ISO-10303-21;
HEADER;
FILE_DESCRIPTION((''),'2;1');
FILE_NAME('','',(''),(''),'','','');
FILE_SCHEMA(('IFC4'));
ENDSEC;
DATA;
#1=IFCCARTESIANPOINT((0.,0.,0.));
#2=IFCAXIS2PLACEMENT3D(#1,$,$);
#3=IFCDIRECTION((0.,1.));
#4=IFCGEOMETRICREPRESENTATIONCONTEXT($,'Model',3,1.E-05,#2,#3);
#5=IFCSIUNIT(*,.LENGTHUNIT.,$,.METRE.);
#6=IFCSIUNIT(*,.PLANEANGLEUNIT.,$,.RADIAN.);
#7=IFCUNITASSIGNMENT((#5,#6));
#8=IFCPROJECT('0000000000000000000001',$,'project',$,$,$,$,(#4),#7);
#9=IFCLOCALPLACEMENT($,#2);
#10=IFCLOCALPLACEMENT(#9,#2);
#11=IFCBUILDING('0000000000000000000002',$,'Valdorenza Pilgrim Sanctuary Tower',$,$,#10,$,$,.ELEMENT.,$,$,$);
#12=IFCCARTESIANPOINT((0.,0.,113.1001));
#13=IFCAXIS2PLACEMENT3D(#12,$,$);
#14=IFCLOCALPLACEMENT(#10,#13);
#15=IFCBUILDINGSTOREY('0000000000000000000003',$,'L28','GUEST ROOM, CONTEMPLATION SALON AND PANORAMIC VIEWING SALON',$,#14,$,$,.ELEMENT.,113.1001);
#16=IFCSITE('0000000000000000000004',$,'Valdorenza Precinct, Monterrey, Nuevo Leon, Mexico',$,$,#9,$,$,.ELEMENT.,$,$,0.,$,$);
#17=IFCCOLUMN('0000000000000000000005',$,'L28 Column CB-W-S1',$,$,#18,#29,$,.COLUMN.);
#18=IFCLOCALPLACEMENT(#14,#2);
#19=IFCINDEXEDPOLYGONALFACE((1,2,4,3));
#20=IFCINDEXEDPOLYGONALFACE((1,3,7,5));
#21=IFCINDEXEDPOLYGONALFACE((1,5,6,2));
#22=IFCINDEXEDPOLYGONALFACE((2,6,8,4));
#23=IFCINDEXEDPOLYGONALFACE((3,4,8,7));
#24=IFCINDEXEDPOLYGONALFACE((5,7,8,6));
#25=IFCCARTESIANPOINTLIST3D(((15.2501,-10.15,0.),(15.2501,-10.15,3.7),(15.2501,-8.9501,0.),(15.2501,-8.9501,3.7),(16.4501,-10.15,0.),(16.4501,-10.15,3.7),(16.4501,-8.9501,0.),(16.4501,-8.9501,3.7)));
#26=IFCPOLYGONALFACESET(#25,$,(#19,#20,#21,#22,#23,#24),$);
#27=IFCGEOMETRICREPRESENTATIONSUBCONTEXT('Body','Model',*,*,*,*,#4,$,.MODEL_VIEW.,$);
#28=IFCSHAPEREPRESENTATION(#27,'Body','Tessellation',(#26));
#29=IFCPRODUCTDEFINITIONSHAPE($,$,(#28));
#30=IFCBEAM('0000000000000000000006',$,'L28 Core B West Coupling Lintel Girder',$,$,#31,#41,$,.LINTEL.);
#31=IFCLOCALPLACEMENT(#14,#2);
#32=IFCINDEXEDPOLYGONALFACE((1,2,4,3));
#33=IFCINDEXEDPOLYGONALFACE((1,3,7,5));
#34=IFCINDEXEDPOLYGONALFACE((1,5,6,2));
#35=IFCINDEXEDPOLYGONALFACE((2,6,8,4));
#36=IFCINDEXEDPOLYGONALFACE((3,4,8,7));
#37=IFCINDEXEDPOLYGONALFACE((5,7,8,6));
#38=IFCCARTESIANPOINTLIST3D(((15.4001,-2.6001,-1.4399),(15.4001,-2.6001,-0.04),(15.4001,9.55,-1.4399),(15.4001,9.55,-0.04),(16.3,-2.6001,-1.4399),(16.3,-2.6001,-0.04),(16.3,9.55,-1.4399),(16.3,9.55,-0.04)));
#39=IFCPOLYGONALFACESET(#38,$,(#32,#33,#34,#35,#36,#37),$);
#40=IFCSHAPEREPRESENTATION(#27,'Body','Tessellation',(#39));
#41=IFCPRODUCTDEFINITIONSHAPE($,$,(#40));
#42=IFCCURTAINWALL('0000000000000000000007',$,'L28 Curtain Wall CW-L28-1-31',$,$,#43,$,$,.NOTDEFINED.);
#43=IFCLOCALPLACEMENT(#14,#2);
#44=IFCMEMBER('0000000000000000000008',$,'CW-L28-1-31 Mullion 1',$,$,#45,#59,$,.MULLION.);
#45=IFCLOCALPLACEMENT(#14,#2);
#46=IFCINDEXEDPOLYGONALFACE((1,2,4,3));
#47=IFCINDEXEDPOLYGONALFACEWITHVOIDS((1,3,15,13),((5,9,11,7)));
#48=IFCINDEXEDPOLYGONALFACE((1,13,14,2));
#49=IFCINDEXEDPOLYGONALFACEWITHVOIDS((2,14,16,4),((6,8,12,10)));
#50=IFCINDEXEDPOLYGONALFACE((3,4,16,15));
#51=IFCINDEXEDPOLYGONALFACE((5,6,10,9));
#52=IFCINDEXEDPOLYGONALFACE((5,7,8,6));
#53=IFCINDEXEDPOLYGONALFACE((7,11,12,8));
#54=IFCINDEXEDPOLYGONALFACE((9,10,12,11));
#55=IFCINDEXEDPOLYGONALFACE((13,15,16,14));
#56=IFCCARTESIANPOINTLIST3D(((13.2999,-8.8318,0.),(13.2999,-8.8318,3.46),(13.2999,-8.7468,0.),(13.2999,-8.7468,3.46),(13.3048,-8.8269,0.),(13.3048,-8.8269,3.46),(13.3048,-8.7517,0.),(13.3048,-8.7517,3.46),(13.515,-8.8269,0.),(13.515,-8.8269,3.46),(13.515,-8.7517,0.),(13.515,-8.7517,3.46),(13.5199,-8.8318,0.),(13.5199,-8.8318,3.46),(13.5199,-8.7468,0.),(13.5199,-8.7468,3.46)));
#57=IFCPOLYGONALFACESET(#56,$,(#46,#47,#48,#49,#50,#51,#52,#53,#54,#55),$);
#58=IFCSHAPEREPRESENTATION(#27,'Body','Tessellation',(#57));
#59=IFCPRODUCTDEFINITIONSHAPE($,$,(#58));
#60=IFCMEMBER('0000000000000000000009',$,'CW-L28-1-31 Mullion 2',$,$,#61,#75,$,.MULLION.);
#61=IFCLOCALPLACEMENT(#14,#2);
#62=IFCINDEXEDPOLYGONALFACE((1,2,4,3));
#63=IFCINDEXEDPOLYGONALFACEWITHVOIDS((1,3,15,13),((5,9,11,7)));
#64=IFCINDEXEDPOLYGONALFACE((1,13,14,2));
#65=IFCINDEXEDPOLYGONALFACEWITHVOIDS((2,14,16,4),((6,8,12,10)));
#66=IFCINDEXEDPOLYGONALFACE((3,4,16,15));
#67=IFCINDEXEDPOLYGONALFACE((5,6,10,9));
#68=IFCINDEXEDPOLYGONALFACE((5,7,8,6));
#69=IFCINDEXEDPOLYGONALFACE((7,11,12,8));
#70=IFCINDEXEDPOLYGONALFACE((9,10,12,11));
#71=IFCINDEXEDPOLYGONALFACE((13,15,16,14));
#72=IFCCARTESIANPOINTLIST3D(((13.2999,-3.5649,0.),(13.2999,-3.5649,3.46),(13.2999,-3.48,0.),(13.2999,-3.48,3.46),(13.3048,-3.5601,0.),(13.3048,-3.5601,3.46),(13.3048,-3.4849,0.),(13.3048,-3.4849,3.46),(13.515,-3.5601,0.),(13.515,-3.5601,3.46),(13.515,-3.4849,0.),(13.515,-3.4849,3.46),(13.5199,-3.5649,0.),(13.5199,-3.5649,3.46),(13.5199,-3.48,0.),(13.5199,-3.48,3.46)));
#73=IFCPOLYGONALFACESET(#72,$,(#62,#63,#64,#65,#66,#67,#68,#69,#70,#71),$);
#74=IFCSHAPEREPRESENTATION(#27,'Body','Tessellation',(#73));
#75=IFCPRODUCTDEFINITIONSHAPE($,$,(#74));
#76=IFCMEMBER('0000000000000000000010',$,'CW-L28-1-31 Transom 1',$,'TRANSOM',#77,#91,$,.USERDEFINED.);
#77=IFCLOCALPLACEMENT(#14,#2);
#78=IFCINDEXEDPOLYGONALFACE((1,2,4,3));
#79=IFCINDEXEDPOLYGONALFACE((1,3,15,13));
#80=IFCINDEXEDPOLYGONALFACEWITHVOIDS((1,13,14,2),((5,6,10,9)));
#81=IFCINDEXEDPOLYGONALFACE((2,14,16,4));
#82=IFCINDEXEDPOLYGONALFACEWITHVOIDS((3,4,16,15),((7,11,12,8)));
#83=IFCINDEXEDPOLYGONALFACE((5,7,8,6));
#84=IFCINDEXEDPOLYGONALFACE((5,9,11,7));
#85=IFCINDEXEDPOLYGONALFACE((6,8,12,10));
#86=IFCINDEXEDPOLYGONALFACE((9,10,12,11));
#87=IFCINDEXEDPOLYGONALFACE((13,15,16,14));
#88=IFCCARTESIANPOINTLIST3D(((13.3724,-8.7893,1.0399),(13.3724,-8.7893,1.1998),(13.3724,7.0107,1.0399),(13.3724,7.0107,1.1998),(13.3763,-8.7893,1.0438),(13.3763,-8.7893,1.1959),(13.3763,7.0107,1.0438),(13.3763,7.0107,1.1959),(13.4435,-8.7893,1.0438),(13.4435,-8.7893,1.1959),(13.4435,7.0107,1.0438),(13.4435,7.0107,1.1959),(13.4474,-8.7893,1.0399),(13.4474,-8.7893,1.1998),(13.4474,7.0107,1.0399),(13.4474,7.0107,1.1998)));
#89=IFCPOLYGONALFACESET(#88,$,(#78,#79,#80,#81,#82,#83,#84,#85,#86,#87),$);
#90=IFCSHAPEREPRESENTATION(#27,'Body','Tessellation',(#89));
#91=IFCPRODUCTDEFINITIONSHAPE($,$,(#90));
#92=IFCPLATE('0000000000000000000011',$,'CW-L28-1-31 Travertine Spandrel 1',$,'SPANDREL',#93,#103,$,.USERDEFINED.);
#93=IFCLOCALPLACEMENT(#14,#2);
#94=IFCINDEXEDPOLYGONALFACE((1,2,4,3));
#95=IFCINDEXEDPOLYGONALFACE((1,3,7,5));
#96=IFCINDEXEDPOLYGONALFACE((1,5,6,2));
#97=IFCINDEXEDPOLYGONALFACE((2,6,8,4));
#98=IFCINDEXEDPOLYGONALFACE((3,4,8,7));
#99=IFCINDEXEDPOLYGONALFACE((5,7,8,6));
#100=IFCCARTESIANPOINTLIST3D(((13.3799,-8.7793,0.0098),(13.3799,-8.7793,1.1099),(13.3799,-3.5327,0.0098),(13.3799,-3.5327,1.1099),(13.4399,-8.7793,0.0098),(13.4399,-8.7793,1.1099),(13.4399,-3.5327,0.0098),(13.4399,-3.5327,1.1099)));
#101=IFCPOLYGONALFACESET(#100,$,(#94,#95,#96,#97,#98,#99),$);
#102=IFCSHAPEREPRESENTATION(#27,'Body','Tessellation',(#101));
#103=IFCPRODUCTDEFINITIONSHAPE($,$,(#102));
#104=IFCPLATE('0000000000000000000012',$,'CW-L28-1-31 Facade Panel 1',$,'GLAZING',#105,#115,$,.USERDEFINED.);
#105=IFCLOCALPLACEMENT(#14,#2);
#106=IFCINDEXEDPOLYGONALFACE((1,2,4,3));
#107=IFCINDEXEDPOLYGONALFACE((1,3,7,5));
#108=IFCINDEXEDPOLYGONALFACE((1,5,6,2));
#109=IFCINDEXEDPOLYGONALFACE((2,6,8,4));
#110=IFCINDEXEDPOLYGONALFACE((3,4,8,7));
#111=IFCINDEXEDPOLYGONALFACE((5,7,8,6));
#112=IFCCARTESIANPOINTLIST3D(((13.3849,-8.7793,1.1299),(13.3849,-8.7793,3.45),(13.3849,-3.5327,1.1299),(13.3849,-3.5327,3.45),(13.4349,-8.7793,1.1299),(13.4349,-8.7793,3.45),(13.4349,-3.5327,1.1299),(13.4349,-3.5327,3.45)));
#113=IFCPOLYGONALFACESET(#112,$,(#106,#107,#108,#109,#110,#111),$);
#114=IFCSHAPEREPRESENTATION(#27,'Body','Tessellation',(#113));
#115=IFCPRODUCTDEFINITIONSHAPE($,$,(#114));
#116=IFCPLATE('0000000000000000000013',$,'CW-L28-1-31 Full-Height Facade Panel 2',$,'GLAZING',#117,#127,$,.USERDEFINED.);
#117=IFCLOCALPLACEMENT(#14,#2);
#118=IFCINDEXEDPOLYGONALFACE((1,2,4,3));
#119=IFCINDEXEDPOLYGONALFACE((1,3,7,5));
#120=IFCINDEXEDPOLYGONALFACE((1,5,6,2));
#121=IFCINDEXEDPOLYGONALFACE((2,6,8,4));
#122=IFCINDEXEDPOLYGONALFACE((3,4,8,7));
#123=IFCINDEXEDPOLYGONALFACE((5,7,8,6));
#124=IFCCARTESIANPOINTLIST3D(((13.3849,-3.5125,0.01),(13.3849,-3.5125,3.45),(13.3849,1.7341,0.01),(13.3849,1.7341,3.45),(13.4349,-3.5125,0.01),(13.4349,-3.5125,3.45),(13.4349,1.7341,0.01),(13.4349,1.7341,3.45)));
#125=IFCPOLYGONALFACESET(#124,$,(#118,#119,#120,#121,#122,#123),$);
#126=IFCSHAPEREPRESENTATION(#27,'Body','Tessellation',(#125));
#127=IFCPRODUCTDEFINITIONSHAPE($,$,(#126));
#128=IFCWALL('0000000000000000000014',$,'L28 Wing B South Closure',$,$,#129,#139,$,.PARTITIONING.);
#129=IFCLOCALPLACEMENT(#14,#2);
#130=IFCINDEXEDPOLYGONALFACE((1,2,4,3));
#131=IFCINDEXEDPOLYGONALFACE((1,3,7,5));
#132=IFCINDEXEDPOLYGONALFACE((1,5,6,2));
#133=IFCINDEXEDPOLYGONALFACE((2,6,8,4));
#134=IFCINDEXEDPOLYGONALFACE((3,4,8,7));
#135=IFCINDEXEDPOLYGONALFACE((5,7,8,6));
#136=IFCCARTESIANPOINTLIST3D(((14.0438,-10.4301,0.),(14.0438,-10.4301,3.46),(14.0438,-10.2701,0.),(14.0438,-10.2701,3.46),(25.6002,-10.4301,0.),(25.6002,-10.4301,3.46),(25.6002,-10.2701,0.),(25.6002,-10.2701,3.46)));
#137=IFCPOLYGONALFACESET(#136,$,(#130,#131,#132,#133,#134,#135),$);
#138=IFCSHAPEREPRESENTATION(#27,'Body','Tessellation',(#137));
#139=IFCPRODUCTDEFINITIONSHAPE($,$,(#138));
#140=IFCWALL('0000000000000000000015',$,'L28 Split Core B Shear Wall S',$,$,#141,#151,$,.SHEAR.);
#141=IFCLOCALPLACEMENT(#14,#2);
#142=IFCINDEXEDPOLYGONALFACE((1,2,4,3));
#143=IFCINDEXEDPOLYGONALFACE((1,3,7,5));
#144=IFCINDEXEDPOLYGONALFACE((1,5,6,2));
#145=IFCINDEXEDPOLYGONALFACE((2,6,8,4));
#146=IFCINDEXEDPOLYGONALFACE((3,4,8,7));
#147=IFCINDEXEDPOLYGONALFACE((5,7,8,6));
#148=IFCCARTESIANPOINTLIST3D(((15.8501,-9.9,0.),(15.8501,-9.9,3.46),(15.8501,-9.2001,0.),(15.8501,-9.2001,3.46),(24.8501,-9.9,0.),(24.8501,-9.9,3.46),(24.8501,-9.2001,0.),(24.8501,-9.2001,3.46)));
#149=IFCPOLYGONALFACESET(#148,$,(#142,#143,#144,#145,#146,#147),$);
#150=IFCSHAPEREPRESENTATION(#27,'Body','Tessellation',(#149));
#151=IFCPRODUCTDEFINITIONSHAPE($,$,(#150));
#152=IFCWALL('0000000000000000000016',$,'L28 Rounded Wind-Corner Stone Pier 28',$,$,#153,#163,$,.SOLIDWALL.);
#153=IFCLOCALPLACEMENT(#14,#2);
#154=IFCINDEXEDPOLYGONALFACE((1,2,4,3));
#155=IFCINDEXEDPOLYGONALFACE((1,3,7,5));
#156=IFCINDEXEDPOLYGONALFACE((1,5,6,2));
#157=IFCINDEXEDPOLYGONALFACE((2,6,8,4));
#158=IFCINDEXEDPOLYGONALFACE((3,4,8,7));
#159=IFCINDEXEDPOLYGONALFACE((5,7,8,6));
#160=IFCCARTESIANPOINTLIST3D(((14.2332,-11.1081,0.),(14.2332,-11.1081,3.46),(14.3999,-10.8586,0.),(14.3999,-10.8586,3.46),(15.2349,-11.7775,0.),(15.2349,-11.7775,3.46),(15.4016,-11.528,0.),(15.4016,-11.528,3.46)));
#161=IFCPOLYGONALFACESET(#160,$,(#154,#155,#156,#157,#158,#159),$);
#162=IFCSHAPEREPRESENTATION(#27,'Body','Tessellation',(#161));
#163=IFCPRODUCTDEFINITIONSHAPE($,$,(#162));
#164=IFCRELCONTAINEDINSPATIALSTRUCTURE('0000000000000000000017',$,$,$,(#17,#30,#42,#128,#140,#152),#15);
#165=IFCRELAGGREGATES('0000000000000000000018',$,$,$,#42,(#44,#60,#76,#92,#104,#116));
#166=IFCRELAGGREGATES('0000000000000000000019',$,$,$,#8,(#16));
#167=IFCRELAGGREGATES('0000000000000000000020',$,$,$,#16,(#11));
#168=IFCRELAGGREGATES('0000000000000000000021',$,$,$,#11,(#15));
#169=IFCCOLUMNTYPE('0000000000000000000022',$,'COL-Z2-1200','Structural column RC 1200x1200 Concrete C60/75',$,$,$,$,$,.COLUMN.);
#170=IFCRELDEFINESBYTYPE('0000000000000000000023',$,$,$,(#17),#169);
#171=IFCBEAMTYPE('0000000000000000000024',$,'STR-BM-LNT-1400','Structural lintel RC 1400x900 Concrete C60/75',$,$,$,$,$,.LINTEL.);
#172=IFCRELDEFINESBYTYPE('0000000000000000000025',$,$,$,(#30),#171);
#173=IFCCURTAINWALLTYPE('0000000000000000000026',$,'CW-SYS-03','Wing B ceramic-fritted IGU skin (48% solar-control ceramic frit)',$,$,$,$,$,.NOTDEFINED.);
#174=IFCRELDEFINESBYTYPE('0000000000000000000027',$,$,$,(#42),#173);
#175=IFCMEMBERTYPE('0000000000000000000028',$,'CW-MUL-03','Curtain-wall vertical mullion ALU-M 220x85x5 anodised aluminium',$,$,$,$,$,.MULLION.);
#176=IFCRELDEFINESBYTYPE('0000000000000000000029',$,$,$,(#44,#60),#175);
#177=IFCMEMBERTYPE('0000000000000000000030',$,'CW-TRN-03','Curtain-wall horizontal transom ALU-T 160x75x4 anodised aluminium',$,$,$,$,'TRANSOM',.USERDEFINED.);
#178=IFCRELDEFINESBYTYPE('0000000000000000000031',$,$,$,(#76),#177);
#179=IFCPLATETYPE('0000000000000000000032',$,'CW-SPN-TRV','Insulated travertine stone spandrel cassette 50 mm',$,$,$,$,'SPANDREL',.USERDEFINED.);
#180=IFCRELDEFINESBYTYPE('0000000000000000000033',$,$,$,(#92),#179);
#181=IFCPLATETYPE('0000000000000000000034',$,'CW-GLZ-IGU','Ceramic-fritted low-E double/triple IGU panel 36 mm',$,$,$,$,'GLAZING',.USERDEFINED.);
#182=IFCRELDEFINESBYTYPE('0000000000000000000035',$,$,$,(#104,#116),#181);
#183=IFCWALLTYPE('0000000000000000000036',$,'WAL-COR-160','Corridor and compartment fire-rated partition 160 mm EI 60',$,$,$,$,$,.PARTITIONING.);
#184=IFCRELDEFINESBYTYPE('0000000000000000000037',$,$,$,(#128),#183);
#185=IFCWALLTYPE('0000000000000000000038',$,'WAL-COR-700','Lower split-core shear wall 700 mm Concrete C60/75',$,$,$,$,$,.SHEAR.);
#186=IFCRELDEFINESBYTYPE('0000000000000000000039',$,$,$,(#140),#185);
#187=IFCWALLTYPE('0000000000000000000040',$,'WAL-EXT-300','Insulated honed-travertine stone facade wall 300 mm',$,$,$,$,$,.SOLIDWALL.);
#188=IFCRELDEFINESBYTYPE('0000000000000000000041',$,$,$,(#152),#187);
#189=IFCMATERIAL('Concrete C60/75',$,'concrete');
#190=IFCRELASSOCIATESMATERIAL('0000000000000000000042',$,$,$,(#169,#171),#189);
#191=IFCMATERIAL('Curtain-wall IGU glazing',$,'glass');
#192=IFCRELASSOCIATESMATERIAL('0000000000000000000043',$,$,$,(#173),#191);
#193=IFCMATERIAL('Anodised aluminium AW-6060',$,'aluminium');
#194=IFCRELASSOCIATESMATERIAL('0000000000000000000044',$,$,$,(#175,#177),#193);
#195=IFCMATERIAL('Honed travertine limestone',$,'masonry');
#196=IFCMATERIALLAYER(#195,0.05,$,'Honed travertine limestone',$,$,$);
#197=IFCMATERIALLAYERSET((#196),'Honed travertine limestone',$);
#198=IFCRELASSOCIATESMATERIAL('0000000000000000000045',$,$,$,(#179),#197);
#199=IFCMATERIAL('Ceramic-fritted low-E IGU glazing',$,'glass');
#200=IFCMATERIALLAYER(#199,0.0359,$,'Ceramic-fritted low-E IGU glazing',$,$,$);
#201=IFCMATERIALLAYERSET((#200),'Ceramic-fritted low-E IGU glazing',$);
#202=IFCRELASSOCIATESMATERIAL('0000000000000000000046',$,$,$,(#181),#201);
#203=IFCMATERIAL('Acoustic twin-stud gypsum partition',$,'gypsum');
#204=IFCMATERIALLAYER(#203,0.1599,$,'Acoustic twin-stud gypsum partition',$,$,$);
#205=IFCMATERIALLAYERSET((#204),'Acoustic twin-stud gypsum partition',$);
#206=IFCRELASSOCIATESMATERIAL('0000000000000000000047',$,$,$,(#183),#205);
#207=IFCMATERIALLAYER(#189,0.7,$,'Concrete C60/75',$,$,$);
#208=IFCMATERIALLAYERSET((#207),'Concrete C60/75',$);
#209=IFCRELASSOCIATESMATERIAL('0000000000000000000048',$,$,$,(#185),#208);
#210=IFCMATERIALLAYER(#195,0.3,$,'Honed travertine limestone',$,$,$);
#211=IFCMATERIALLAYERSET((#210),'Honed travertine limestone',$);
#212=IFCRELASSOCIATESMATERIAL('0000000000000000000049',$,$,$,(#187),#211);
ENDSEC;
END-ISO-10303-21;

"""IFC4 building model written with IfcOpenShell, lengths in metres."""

from ifc_helpers import new_model, si_unit, direction, frame, frame_2d, origin, origin_2d, place, context, subcontext, project, spatial, rectangle, hollow_rectangle, extrude, source, transform, mapped, material, layer, layer_set, material_profile, profile_set, type_object, element, aggregate, save


model = new_model("IFC4")

# Units and contexts
model_context = context("Model", 3, precision=1e-05, world=origin(), true_north=direction((0.0, 1.0)))
body_context = subcontext(model_context, "Body", "Model", "MODEL_VIEW")
ifc_project = project(units=[si_unit("LENGTHUNIT", "METRE"), si_unit("PLANEANGLEUNIT", "RADIAN")], contexts=[model_context])

# Site, building, storey
site_placement = place(None, origin())
site = spatial("IfcSite", under=ifc_project, at=site_placement, Name="Valdorenza Precinct, Monterrey, Nuevo Leon, Mexico", CompositionType="ELEMENT", RefElevation=0.0)
building_placement = place(site_placement, origin())
building = spatial("IfcBuilding", under=site, at=building_placement, Name="Valdorenza Pilgrim Sanctuary Tower", CompositionType="ELEMENT")
storey_placement = place(building_placement, frame((0.0, 0.0, 113.1001)))
storey = spatial("IfcBuildingStorey", under=building, at=storey_placement, Name="L28", Description="GUEST ROOM, CONTEMPLATION SALON AND PANORAMIC VIEWING SALON", CompositionType="ELEMENT", Elevation=113.1001)

# Column
ifc_material_1 = material(Name="Concrete C60/75", Category="concrete")
ifc_material_profile_1 = material_profile(ifc_material_1, rectangle(XDim=1.2, YDim=1.2, at=origin_2d()), Name="RC 1200x1200")
ifc_profile_set_1 = profile_set([ifc_material_profile_1], Name="Concrete C60/75")
column_type = type_object("IfcColumnType", Name="COL-Z2-1200", Description="Structural column RC 1200x1200 Concrete C60/75", PredefinedType="COLUMN", material=ifc_profile_set_1)
shared_shape_1 = source(origin(), body_context, "Body", "SweptSolid", [
    extrude(rectangle(XDim=1.2, YDim=1.2, at=origin_2d()), origin(), (0.0, 0.0, 1.0), 3.7),
])
column_placement = place(storey_placement, frame((15.8501, -9.55, 0.0), z_axis=(0.0, 0.0, 1.0), x_axis=(1.0, 0.0, 0.0)))
element("IfcColumn", 1, at=column_placement, inside=storey, type_object=column_type, Name="L28 Column CB-W-S1", PredefinedType="COLUMN", context=body_context, shape_type="MappedRepresentation", body=[
    mapped(shared_shape_1, transform((0.0, 0.0, 0.0), x_axis=(1.0, 0.0, 0.0), y_axis=(0.0, 1.0, 0.0), z_axis=(0.0, 0.0, 1.0), scale=1.0)),
])

# Beam
ifc_material_profile_2 = material_profile(ifc_material_1, rectangle(XDim=0.8999, YDim=1.3999, at=origin_2d()), Name="RC 1400x900")
ifc_profile_set_2 = profile_set([ifc_material_profile_2], Name="Concrete C60/75")
beam_type = type_object("IfcBeamType", Name="STR-BM-LNT-1400", Description="Structural lintel RC 1400x900 Concrete C60/75", PredefinedType="LINTEL", material=ifc_profile_set_2)
shared_shape_2 = source(origin(), body_context, "Body", "SweptSolid", [
    extrude(rectangle(XDim=0.8999, YDim=1.3999, at=origin_2d()), origin(), (0.0, 0.0, 1.0), 12.1501),
])
beam_placement = place(storey_placement, frame((15.8501, -2.6001, -0.74), z_axis=(0.0, 1.0, 0.0), x_axis=(-1.0, 0.0, 0.0)))
element("IfcBeam", 2, at=beam_placement, inside=storey, type_object=beam_type, Name="L28 Core B West Coupling Lintel Girder", PredefinedType="LINTEL", context=body_context, shape_type="MappedRepresentation", body=[
    mapped(shared_shape_2, transform((0.0, 0.0, 0.0), x_axis=(1.0, 0.0, 0.0), y_axis=(0.0, 1.0, 0.0), z_axis=(0.0, 0.0, 1.0), scale=1.0)),
])

# Curtain wall, members, plates
ifc_material_2 = material(Name="Curtain-wall IGU glazing", Category="glass")
curtain_wall_type = type_object("IfcCurtainWallType", Name="CW-SYS-03", Description="Wing B ceramic-fritted IGU skin (48% solar-control ceramic frit)", PredefinedType="NOTDEFINED", material=ifc_material_2)
curtain_wall_placement = place(storey_placement, origin())
curtain_wall = element("IfcCurtainWall", 3, at=curtain_wall_placement, inside=storey, type_object=curtain_wall_type, Name="L28 Curtain Wall CW-L28-1-31", PredefinedType="NOTDEFINED")
ifc_material_3 = material(Name="Anodised aluminium AW-6060", Category="aluminium")
ifc_material_profile_3 = material_profile(ifc_material_3, hollow_rectangle(XDim=0.085, YDim=0.22, WallThickness=0.0049, at=origin_2d()), Name="ALU-M 220x85x5")
ifc_profile_set_3 = profile_set([ifc_material_profile_3], Name="Anodised aluminium AW-6060")
member_type_1 = type_object("IfcMemberType", Name="CW-MUL-03", Description="Curtain-wall vertical mullion ALU-M 220x85x5 anodised aluminium", PredefinedType="MULLION", material=ifc_profile_set_3)
shared_shape_3 = source(origin(), body_context, "Body", "SweptSolid", [
    extrude(hollow_rectangle(XDim=0.085, YDim=0.22, WallThickness=0.0049, at=origin_2d()), origin(), (0.0, 0.0, 1.0), 3.46),
])
member_1_placement = place(storey_placement, frame((13.4099, -8.7893, 0.0), z_axis=(0.0, 0.0, 1.0), x_axis=(0.0, 1.0, 0.0)))
member_1 = element("IfcMember", 4, at=member_1_placement, type_object=member_type_1, Name="CW-L28-1-31 Mullion 1", PredefinedType="MULLION", context=body_context, shape_type="MappedRepresentation", body=[
    mapped(shared_shape_3, transform((0.0, 0.0, 0.0), x_axis=(1.0, 0.0, 0.0), y_axis=(0.0, 1.0, 0.0), z_axis=(0.0, 0.0, 1.0), scale=1.0)),
])
member_2_placement = place(storey_placement, frame((13.4099, -3.5225, 0.0), z_axis=(0.0, 0.0, 1.0), x_axis=(0.0, 1.0, 0.0)))
member_2 = element("IfcMember", 5, at=member_2_placement, type_object=member_type_1, Name="CW-L28-1-31 Mullion 2", PredefinedType="MULLION", context=body_context, shape_type="MappedRepresentation", body=[
    mapped(shared_shape_3, transform((0.0, 0.0, 0.0), x_axis=(1.0, 0.0, 0.0), y_axis=(0.0, 1.0, 0.0), z_axis=(0.0, 0.0, 1.0), scale=1.0)),
])
ifc_material_profile_4 = material_profile(ifc_material_3, hollow_rectangle(XDim=0.075, YDim=0.1599, WallThickness=0.0039, at=origin_2d()), Name="ALU-T 160x75x4")
ifc_profile_set_4 = profile_set([ifc_material_profile_4], Name="Anodised aluminium AW-6060")
member_type_2 = type_object("IfcMemberType", Name="CW-TRN-03", Description="Curtain-wall horizontal transom ALU-T 160x75x4 anodised aluminium", ElementType="TRANSOM", PredefinedType="USERDEFINED", material=ifc_profile_set_4)
shared_shape_4 = source(origin(), body_context, "Body", "SweptSolid", [
    extrude(hollow_rectangle(XDim=0.075, YDim=0.1599, WallThickness=0.0039, at=origin_2d()), origin(), (0.0, 0.0, 1.0), 15.8),
])
member_3_placement = place(storey_placement, frame((13.4099, -8.7893, 1.1199), z_axis=(0.0, 1.0, 0.0), x_axis=(-1.0, 0.0, 0.0)))
member_3 = element("IfcMember", 6, at=member_3_placement, type_object=member_type_2, Name="CW-L28-1-31 Transom 1", ObjectType="TRANSOM", PredefinedType="USERDEFINED", context=body_context, shape_type="MappedRepresentation", body=[
    mapped(shared_shape_4, transform((0.0, 0.0, 0.0), x_axis=(1.0, 0.0, 0.0), y_axis=(0.0, 1.0, 0.0), z_axis=(0.0, 0.0, 1.0), scale=1.0)),
])
ifc_material_4 = material(Name="Honed travertine limestone", Category="masonry")
ifc_layer_1 = layer(ifc_material_4, 0.05, Name="Honed travertine limestone")
ifc_layer_set_1 = layer_set([ifc_layer_1], Name="Honed travertine limestone")
plate_type_1 = type_object("IfcPlateType", Name="CW-SPN-TRV", Description="Insulated travertine stone spandrel cassette 50 mm", ElementType="SPANDREL", PredefinedType="USERDEFINED", material=ifc_layer_set_1)
shared_shape_5 = source(origin(), body_context, "Body", "SweptSolid", [
    extrude(rectangle(XDim=5.2466, YDim=0.0601, at=origin_2d()), origin(), (0.0, 0.0, 1.0), 1.1001),
])
plate_1_placement = place(storey_placement, frame((13.4099, -6.156, 0.0098), z_axis=(0.0, 0.0, 1.0), x_axis=(0.0, 1.0, 0.0)))
plate_1 = element("IfcPlate", 7, at=plate_1_placement, type_object=plate_type_1, Name="CW-L28-1-31 Travertine Spandrel 1", ObjectType="SPANDREL", PredefinedType="USERDEFINED", context=body_context, shape_type="MappedRepresentation", body=[
    mapped(shared_shape_5, transform((0.0, 0.0, 0.0), x_axis=(1.0, 0.0, 0.0), y_axis=(0.0, 1.0, 0.0), z_axis=(0.0, 0.0, 1.0), scale=1.0)),
])
ifc_material_5 = material(Name="Ceramic-fritted low-E IGU glazing", Category="glass")
ifc_layer_2 = layer(ifc_material_5, 0.0359, Name="Ceramic-fritted low-E IGU glazing")
ifc_layer_set_2 = layer_set([ifc_layer_2], Name="Ceramic-fritted low-E IGU glazing")
plate_type_2 = type_object("IfcPlateType", Name="CW-GLZ-IGU", Description="Ceramic-fritted low-E double/triple IGU panel 36 mm", ElementType="GLAZING", PredefinedType="USERDEFINED", material=ifc_layer_set_2)
shared_shape_6 = source(origin(), body_context, "Body", "SweptSolid", [
    extrude(rectangle(XDim=5.2466, YDim=0.05, at=origin_2d()), origin(), (0.0, 0.0, 1.0), 2.3201),
])
plate_2_placement = place(storey_placement, frame((13.4099, -6.156, 1.1299), z_axis=(0.0, 0.0, 1.0), x_axis=(0.0, 1.0, 0.0)))
plate_2 = element("IfcPlate", 8, at=plate_2_placement, type_object=plate_type_2, Name="CW-L28-1-31 Facade Panel 1", ObjectType="GLAZING", PredefinedType="USERDEFINED", context=body_context, shape_type="MappedRepresentation", body=[
    mapped(shared_shape_6, transform((0.0, 0.0, 0.0), x_axis=(1.0, 0.0, 0.0), y_axis=(0.0, 1.0, 0.0), z_axis=(0.0, 0.0, 1.0), scale=1.0)),
])
shared_shape_7 = source(origin(), body_context, "Body", "SweptSolid", [
    extrude(rectangle(XDim=5.2466, YDim=0.05, at=origin_2d()), origin(), (0.0, 0.0, 1.0), 3.4399),
])
plate_3_placement = place(storey_placement, frame((13.4099, -0.8892, 0.01), z_axis=(0.0, 0.0, 1.0), x_axis=(0.0, 1.0, 0.0)))
plate_3 = element("IfcPlate", 9, at=plate_3_placement, type_object=plate_type_2, Name="CW-L28-1-31 Full-Height Facade Panel 2", ObjectType="GLAZING", PredefinedType="USERDEFINED", context=body_context, shape_type="MappedRepresentation", body=[
    mapped(shared_shape_7, transform((0.0, 0.0, 0.0), x_axis=(1.0, 0.0, 0.0), y_axis=(0.0, 1.0, 0.0), z_axis=(0.0, 0.0, 1.0), scale=1.0)),
])
aggregate(curtain_wall, [member_1, member_2, member_3, plate_1, plate_2, plate_3])

# Walls
ifc_material_6 = material(Name="Acoustic twin-stud gypsum partition", Category="gypsum")
ifc_layer_3 = layer(ifc_material_6, 0.1599, Name="Acoustic twin-stud gypsum partition")
ifc_layer_set_3 = layer_set([ifc_layer_3], Name="Acoustic twin-stud gypsum partition")
wall_type_1 = type_object("IfcWallType", Name="WAL-COR-160", Description="Corridor and compartment fire-rated partition 160 mm EI 60", PredefinedType="PARTITIONING", material=ifc_layer_set_3)
wall_1_placement = place(storey_placement, frame((14.0437, -10.3501, 0.0), z_axis=(0.0, 0.0, 1.0), x_axis=(1.0, 0.0, 0.0)))
element("IfcWall", 10, at=wall_1_placement, inside=storey, type_object=wall_type_1, Name="L28 Wing B South Closure", PredefinedType="PARTITIONING", context=body_context, shape_type="SweptSolid", body=[
    extrude(rectangle(XDim=11.5564, YDim=0.1599, at=frame_2d((5.7783, 0.0))), origin(), (0.0, 0.0, 1.0), 3.46),
])
ifc_layer_4 = layer(ifc_material_1, 0.7, Name="Concrete C60/75")
ifc_layer_set_4 = layer_set([ifc_layer_4], Name="Concrete C60/75")
wall_type_2 = type_object("IfcWallType", Name="WAL-COR-700", Description="Lower split-core shear wall 700 mm Concrete C60/75", PredefinedType="SHEAR", material=ifc_layer_set_4)
wall_2_placement = place(storey_placement, frame((15.8501, -9.55, 0.0), z_axis=(0.0, 0.0, 1.0), x_axis=(1.0, 0.0, 0.0)))
element("IfcWall", 11, at=wall_2_placement, inside=storey, type_object=wall_type_2, Name="L28 Split Core B Shear Wall S", PredefinedType="SHEAR", context=body_context, shape_type="SweptSolid", body=[
    extrude(rectangle(XDim=9.0, YDim=0.7, at=frame_2d((4.5, 0.0))), origin(), (0.0, 0.0, 1.0), 3.46),
])
ifc_layer_5 = layer(ifc_material_4, 0.3, Name="Honed travertine limestone")
ifc_layer_set_5 = layer_set([ifc_layer_5], Name="Honed travertine limestone")
wall_type_3 = type_object("IfcWallType", Name="WAL-EXT-300", Description="Insulated honed-travertine stone facade wall 300 mm", PredefinedType="SOLIDWALL", material=ifc_layer_set_5)
for number, where, z_axis, x_axis, name in (
    (12, (15.3184, -11.6528, 0.0), (0.0, 0.0, 1.0), (-0.831426, 0.555635, 0.0), "L28 Rounded Wind-Corner Stone Pier 28"),
):
    element("IfcWall", number, at=place(storey_placement, frame(where, z_axis=z_axis, x_axis=x_axis)), inside=storey, type_object=wall_type_3, Name=name, PredefinedType="SOLIDWALL", context=body_context, shape_type="SweptSolid", body=[
        extrude(rectangle(XDim=1.2048, YDim=0.3, at=frame_2d((0.6025, 0.0))), origin(), (0.0, 0.0, 1.0), 3.46),
    ])

save(model, "model.ifc")
